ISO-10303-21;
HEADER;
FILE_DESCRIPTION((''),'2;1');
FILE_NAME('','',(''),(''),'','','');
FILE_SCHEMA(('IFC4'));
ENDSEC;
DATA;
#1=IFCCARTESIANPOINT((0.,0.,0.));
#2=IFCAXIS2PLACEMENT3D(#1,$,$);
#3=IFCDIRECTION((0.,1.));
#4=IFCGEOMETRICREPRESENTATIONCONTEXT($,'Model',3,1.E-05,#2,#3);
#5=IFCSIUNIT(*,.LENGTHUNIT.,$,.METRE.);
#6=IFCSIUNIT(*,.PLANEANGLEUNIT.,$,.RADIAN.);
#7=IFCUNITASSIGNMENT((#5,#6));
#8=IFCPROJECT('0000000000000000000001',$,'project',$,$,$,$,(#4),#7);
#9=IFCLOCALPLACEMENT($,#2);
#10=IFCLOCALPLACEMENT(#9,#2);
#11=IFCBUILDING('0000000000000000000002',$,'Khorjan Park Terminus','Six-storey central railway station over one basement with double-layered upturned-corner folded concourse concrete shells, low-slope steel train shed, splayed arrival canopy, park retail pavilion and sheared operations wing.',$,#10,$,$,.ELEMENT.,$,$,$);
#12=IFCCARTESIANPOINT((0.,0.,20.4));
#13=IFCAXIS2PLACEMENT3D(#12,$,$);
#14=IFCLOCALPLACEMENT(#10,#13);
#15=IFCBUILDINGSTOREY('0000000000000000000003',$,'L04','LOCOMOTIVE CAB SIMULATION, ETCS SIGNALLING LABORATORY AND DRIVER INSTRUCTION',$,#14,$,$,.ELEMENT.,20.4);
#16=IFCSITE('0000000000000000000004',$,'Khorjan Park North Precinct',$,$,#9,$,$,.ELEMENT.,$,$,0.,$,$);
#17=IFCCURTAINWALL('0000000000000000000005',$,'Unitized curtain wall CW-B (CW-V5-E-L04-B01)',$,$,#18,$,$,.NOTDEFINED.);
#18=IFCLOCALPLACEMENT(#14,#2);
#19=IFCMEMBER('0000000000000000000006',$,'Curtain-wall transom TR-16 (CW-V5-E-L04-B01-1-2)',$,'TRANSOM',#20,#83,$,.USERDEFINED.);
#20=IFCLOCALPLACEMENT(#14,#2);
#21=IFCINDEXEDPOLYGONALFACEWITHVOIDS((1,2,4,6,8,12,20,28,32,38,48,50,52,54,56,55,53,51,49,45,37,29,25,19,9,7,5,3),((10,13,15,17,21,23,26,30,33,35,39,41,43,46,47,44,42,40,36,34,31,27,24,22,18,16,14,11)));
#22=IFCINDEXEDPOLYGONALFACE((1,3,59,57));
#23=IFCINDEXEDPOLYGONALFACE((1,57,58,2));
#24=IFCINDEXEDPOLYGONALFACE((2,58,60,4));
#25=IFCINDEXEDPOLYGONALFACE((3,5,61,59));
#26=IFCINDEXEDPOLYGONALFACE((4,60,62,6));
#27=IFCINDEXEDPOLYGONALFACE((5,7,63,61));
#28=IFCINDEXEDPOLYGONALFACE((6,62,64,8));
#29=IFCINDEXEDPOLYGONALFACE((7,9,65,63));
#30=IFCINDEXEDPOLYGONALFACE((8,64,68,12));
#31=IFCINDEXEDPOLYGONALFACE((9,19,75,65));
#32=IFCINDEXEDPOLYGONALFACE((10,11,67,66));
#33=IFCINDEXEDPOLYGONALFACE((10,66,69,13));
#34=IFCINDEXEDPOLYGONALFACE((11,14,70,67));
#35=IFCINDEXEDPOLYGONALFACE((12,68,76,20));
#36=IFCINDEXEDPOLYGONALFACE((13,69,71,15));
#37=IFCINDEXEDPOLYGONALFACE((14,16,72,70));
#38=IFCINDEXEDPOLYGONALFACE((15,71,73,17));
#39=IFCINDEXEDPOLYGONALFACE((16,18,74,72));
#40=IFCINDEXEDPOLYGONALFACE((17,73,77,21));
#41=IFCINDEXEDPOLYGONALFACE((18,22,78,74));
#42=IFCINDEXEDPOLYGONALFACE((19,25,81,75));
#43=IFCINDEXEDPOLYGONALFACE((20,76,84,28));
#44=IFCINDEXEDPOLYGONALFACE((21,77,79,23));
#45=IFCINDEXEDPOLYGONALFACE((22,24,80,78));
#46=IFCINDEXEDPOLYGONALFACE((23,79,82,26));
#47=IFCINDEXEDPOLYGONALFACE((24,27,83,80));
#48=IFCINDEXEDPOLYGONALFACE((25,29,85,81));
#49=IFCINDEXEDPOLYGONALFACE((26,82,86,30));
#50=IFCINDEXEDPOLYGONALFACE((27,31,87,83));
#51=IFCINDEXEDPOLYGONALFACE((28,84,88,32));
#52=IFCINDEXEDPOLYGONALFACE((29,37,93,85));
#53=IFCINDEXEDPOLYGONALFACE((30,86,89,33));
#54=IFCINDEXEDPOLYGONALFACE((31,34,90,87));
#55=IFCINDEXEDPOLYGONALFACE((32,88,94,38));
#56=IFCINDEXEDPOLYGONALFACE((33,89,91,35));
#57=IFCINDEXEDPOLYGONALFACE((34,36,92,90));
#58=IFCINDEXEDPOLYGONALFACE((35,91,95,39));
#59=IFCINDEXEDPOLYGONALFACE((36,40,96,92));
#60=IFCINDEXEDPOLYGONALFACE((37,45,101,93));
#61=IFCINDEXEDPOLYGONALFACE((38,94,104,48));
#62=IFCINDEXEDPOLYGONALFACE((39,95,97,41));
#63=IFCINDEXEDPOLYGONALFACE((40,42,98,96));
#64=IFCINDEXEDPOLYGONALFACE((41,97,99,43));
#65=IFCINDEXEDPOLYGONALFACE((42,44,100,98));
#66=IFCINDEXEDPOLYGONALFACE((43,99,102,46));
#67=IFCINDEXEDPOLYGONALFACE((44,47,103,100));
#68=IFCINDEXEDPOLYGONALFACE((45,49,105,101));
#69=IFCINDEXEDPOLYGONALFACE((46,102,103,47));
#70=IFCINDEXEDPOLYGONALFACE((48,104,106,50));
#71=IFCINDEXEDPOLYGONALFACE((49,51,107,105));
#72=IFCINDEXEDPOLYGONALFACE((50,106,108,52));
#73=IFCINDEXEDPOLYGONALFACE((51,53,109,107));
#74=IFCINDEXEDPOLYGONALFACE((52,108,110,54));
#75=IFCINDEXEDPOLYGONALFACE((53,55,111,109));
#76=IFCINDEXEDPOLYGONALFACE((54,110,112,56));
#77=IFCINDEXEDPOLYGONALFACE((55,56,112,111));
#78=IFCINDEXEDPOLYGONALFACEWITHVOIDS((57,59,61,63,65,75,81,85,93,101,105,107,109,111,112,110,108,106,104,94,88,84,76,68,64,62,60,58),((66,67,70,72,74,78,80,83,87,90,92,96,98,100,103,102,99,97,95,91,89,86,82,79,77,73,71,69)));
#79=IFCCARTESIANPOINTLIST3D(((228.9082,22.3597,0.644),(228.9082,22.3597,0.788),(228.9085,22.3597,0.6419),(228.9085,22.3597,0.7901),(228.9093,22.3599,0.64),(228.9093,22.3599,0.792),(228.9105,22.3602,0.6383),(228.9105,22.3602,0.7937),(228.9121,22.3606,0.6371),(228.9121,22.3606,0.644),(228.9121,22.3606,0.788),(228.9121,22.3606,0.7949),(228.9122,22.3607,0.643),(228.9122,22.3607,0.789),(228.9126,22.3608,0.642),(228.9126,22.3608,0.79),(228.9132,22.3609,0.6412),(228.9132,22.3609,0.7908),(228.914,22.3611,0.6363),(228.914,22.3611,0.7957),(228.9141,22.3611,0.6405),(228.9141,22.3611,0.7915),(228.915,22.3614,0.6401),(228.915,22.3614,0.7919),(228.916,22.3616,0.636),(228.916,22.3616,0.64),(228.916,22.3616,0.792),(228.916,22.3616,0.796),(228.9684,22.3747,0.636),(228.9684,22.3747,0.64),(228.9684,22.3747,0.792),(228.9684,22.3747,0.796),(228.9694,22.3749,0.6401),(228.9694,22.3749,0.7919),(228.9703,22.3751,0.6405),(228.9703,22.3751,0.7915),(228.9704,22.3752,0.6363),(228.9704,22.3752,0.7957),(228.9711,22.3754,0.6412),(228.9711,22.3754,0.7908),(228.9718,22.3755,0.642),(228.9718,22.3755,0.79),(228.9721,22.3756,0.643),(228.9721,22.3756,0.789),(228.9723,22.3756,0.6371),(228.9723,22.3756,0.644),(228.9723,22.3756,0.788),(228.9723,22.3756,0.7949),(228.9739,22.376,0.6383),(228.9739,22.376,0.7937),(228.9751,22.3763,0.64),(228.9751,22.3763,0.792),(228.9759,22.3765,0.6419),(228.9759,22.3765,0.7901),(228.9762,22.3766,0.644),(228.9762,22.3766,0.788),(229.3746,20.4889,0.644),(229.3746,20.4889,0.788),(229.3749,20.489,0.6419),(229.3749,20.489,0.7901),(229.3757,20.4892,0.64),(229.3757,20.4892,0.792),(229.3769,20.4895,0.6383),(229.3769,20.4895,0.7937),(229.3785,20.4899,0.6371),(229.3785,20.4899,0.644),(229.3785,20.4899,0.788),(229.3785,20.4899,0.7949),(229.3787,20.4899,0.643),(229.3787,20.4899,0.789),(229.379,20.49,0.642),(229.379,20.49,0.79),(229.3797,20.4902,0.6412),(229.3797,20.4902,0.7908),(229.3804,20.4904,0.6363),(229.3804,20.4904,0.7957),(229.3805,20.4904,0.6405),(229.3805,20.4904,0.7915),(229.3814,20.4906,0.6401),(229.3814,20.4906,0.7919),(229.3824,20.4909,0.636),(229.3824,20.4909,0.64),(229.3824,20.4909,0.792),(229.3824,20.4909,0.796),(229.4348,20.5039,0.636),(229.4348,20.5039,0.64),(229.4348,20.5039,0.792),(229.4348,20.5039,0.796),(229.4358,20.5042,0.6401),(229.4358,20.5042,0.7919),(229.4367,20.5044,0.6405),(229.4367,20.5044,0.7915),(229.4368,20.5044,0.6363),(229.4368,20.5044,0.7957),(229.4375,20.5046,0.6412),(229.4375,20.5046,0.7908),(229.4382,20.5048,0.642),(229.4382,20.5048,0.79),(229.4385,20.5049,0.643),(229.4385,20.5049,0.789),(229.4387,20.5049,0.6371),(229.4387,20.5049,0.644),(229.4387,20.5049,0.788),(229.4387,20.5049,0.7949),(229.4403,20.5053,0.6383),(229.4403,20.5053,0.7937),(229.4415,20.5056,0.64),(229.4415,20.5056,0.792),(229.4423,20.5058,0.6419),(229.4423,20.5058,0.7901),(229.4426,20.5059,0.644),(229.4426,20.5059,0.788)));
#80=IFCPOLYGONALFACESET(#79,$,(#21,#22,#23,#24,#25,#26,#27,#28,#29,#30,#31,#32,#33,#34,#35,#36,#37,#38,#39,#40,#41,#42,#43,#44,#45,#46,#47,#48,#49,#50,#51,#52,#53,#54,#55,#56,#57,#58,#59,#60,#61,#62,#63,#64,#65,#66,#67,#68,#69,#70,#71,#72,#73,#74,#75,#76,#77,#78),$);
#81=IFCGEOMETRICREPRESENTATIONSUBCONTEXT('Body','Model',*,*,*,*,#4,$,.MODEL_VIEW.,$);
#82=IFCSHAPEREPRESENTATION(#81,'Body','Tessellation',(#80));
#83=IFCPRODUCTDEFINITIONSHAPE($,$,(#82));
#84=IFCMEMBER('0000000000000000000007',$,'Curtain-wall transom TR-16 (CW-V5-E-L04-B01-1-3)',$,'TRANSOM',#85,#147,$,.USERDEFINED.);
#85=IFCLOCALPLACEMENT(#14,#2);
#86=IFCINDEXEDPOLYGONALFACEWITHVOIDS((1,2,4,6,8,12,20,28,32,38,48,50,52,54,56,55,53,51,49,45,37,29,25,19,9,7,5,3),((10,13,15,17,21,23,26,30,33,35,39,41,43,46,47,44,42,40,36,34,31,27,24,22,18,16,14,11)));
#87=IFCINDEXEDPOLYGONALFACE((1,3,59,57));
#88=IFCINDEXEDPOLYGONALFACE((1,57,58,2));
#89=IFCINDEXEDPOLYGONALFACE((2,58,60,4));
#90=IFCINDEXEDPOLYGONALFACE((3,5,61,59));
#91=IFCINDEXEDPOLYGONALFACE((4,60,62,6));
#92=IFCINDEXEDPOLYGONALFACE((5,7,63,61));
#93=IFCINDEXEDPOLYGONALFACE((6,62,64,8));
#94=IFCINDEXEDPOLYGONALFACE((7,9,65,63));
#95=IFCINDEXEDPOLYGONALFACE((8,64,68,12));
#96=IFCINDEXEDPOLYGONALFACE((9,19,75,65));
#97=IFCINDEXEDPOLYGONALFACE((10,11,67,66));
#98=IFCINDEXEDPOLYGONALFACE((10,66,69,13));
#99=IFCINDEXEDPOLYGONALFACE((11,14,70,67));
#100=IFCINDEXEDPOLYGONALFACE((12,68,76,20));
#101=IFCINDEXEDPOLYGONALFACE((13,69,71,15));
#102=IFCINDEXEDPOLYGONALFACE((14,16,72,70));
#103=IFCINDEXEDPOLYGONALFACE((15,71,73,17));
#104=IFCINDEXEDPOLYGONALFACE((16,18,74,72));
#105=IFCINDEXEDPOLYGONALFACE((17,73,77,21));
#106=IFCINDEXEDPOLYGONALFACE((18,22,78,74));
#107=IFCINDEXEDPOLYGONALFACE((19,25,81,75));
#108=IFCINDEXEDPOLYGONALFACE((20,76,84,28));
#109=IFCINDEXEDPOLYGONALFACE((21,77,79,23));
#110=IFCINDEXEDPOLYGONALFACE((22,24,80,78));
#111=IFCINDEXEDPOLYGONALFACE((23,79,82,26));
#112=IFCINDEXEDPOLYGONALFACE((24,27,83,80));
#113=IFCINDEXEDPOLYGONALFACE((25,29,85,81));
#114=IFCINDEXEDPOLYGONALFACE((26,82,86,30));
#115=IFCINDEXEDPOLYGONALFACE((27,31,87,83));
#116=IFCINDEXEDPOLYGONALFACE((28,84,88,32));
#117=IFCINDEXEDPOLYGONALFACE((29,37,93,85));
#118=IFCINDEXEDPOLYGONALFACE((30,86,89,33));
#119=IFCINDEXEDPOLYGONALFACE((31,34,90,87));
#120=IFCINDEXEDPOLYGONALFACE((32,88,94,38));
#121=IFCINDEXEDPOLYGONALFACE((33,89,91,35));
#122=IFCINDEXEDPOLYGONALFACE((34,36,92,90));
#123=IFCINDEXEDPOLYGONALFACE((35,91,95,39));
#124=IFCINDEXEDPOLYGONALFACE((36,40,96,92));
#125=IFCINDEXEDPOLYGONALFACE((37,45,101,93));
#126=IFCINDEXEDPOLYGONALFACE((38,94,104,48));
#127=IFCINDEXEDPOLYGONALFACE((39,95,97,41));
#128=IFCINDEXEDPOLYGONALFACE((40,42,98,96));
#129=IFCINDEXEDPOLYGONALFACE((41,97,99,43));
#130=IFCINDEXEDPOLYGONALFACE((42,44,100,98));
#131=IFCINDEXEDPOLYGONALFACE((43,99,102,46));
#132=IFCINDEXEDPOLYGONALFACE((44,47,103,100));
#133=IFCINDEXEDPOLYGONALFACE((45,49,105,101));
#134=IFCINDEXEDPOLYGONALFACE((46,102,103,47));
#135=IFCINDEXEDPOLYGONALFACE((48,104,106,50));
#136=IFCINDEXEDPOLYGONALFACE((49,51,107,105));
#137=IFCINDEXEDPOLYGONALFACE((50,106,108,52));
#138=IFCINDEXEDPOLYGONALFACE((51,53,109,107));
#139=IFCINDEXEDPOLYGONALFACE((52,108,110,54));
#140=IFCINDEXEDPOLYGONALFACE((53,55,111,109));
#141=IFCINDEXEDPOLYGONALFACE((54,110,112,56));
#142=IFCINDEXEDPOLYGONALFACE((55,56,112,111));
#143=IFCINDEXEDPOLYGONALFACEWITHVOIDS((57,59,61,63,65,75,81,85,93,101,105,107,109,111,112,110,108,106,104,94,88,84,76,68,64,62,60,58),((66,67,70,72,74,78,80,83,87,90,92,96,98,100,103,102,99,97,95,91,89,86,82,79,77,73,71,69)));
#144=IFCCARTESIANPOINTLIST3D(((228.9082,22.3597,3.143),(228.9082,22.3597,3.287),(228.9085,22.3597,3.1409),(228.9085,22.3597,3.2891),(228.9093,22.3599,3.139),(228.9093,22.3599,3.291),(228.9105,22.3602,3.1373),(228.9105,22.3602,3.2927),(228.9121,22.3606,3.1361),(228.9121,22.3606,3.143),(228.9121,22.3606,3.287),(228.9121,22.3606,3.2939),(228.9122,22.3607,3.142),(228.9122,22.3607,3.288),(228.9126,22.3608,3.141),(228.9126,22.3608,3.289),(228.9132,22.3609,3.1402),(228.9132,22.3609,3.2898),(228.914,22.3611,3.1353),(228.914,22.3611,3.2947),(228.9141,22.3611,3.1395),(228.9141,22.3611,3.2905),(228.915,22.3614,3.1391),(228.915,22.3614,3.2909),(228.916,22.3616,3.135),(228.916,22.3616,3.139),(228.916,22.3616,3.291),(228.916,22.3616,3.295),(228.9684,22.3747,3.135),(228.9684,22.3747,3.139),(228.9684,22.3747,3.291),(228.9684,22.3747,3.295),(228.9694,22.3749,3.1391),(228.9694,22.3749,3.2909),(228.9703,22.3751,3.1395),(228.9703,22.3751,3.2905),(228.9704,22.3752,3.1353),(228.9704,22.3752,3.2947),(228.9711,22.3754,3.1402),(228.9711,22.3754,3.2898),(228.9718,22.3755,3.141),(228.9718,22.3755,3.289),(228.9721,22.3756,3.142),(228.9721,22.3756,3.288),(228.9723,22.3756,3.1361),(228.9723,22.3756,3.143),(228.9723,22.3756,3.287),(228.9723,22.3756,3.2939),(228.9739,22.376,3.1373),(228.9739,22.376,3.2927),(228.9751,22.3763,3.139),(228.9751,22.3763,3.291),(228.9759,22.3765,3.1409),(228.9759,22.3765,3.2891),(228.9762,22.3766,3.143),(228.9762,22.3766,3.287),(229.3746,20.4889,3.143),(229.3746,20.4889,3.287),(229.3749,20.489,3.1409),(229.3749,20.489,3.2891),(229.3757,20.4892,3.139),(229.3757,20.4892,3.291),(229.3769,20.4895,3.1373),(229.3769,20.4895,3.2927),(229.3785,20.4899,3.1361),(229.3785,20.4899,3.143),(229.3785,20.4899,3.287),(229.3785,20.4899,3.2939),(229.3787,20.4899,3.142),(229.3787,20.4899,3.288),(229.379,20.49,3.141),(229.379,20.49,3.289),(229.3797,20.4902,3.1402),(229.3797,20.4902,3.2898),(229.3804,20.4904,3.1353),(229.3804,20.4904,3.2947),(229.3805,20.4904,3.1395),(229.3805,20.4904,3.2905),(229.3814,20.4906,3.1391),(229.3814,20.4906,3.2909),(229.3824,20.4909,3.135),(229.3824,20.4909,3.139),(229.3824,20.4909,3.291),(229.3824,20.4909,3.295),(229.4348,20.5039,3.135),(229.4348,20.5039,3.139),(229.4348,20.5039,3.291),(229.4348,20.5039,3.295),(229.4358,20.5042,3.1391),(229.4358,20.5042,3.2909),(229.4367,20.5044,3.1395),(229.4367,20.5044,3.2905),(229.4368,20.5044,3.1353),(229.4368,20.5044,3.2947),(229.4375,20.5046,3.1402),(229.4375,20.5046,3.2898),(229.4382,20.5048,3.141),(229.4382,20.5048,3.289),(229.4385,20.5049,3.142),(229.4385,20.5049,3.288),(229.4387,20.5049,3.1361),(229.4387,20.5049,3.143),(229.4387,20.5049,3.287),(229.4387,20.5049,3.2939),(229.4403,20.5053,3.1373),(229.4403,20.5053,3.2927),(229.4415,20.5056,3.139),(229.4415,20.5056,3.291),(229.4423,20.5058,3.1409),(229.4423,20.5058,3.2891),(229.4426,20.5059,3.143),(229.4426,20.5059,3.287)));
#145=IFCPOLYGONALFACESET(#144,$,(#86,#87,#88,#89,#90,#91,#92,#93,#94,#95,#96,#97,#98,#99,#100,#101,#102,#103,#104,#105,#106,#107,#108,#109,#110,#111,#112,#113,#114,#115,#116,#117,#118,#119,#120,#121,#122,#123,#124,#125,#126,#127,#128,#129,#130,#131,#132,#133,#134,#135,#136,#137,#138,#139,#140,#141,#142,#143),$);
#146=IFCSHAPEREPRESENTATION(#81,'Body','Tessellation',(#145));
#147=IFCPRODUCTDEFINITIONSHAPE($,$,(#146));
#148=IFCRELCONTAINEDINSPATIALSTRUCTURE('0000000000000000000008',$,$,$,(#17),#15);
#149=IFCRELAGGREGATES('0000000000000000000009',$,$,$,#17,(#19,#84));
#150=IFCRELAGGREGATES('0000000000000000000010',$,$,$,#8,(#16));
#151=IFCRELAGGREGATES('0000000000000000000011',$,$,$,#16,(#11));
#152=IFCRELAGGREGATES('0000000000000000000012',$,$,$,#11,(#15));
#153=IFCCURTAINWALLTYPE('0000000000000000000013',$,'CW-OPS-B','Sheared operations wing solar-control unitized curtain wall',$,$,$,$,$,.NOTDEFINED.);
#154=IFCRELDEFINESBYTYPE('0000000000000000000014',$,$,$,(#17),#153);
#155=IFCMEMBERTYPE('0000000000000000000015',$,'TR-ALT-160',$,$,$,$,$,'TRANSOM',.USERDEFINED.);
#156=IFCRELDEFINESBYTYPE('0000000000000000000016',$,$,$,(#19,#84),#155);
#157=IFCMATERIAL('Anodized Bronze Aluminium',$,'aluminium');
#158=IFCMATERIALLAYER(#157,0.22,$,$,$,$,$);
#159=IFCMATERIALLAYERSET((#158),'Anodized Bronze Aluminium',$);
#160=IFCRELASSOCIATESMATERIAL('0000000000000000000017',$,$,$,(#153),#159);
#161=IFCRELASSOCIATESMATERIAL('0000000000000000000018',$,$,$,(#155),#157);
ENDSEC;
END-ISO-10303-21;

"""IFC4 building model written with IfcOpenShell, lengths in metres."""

from ifc_helpers import new_model, si_unit, direction, frame, origin, origin_2d, place, context, subcontext, project, spatial, hollow_rectangle, extrude, material, layer, layer_set, material_profile, profile_set, type_object, element, aggregate, save


model = new_model("IFC4")

# Units and contexts
model_context = context("Model", 3, precision=1e-05, world=origin(), true_north=direction((0.0, 1.0)))
body_context = subcontext(model_context, "Body", "Model", "MODEL_VIEW")
ifc_project = project(units=[si_unit("LENGTHUNIT", "METRE"), si_unit("PLANEANGLEUNIT", "RADIAN")], contexts=[model_context])

# Site, building, storey
site_placement = place(None, origin())
site = spatial("IfcSite", under=ifc_project, at=site_placement, Name="Khorjan Park North Precinct", CompositionType="ELEMENT", RefElevation=0.0)
building_placement = place(site_placement, origin())
building = spatial("IfcBuilding", under=site, at=building_placement, Name="Khorjan Park Terminus", Description="Six-storey central railway station over one basement with double-layered upturned-corner folded concourse concrete shells, low-slope steel train shed, splayed arrival canopy, park retail pavilion and sheared operations wing.", CompositionType="ELEMENT")
storey_placement = place(building_placement, frame((0.0, 0.0, 20.4)))
storey = spatial("IfcBuildingStorey", under=building, at=storey_placement, Name="L04", Description="LOCOMOTIVE CAB SIMULATION, ETCS SIGNALLING LABORATORY AND DRIVER INSTRUCTION", CompositionType="ELEMENT", Elevation=20.4)

# Curtain wall, members
ifc_material_1 = material(Name="Anodized Bronze Aluminium", Category="aluminium")
ifc_layer_1 = layer(ifc_material_1, 0.22)
ifc_layer_set_1 = layer_set([ifc_layer_1], Name="Anodized Bronze Aluminium")
curtain_wall_type = type_object("IfcCurtainWallType", Name="CW-OPS-B", Description="Sheared operations wing solar-control unitized curtain wall", PredefinedType="NOTDEFINED", material=ifc_layer_set_1)
curtain_wall_placement = place(storey_placement, origin())
curtain_wall = element("IfcCurtainWall", 1, at=curtain_wall_placement, inside=storey, type_object=curtain_wall_type, Name="Unitized curtain wall CW-B (CW-V5-E-L04-B01)", PredefinedType="NOTDEFINED")
ifc_material_profile_1 = material_profile(ifc_material_1, hollow_rectangle(XDim=0.07, YDim=0.16, WallThickness=0.004, InnerFilletRadius=0.004, OuterFilletRadius=0.008, at=origin_2d()), Name="ALT 70x160x4")
ifc_profile_set_1 = profile_set([ifc_material_profile_1], Name="Anodized Bronze Aluminium")
member_type_1 = type_object("IfcMemberType", Name="TR-ALT-160", ElementType="TRANSOM", PredefinedType="USERDEFINED", material=ifc_profile_set_1)
member_1_placement = place(storey_placement, frame((229.4086, 20.4974, 0.716), z_axis=(-0.241913, 0.970298, 0.0), x_axis=(-0.970298, -0.241913, 0.0)))
member_1 = element("IfcMember", 2, at=member_1_placement, type_object=member_type_1, Name="Curtain-wall transom TR-16 (CW-V5-E-L04-B01-1-2)", ObjectType="TRANSOM", PredefinedType="USERDEFINED", context=body_context, shape_type="SweptSolid", body=[
    extrude(hollow_rectangle(XDim=0.07, YDim=0.16, WallThickness=0.004, InnerFilletRadius=0.004, OuterFilletRadius=0.008, at=origin_2d()), origin(), (0.0, 0.0, 1.0), 1.928),
])
member_2_placement = place(storey_placement, frame((229.4086, 20.4974, 3.215), z_axis=(-0.241913, 0.970298, 0.0), x_axis=(-0.970298, -0.241913, 0.0)))
member_2 = element("IfcMember", 3, at=member_2_placement, type_object=member_type_1, Name="Curtain-wall transom TR-16 (CW-V5-E-L04-B01-1-3)", ObjectType="TRANSOM", PredefinedType="USERDEFINED", context=body_context, shape_type="SweptSolid", body=[
    extrude(hollow_rectangle(XDim=0.07, YDim=0.16, WallThickness=0.004, InnerFilletRadius=0.004, OuterFilletRadius=0.008, at=origin_2d()), origin(), (0.0, 0.0, 1.0), 1.928),
])
aggregate(curtain_wall, [member_1, member_2])

save(model, "model.ifc")
